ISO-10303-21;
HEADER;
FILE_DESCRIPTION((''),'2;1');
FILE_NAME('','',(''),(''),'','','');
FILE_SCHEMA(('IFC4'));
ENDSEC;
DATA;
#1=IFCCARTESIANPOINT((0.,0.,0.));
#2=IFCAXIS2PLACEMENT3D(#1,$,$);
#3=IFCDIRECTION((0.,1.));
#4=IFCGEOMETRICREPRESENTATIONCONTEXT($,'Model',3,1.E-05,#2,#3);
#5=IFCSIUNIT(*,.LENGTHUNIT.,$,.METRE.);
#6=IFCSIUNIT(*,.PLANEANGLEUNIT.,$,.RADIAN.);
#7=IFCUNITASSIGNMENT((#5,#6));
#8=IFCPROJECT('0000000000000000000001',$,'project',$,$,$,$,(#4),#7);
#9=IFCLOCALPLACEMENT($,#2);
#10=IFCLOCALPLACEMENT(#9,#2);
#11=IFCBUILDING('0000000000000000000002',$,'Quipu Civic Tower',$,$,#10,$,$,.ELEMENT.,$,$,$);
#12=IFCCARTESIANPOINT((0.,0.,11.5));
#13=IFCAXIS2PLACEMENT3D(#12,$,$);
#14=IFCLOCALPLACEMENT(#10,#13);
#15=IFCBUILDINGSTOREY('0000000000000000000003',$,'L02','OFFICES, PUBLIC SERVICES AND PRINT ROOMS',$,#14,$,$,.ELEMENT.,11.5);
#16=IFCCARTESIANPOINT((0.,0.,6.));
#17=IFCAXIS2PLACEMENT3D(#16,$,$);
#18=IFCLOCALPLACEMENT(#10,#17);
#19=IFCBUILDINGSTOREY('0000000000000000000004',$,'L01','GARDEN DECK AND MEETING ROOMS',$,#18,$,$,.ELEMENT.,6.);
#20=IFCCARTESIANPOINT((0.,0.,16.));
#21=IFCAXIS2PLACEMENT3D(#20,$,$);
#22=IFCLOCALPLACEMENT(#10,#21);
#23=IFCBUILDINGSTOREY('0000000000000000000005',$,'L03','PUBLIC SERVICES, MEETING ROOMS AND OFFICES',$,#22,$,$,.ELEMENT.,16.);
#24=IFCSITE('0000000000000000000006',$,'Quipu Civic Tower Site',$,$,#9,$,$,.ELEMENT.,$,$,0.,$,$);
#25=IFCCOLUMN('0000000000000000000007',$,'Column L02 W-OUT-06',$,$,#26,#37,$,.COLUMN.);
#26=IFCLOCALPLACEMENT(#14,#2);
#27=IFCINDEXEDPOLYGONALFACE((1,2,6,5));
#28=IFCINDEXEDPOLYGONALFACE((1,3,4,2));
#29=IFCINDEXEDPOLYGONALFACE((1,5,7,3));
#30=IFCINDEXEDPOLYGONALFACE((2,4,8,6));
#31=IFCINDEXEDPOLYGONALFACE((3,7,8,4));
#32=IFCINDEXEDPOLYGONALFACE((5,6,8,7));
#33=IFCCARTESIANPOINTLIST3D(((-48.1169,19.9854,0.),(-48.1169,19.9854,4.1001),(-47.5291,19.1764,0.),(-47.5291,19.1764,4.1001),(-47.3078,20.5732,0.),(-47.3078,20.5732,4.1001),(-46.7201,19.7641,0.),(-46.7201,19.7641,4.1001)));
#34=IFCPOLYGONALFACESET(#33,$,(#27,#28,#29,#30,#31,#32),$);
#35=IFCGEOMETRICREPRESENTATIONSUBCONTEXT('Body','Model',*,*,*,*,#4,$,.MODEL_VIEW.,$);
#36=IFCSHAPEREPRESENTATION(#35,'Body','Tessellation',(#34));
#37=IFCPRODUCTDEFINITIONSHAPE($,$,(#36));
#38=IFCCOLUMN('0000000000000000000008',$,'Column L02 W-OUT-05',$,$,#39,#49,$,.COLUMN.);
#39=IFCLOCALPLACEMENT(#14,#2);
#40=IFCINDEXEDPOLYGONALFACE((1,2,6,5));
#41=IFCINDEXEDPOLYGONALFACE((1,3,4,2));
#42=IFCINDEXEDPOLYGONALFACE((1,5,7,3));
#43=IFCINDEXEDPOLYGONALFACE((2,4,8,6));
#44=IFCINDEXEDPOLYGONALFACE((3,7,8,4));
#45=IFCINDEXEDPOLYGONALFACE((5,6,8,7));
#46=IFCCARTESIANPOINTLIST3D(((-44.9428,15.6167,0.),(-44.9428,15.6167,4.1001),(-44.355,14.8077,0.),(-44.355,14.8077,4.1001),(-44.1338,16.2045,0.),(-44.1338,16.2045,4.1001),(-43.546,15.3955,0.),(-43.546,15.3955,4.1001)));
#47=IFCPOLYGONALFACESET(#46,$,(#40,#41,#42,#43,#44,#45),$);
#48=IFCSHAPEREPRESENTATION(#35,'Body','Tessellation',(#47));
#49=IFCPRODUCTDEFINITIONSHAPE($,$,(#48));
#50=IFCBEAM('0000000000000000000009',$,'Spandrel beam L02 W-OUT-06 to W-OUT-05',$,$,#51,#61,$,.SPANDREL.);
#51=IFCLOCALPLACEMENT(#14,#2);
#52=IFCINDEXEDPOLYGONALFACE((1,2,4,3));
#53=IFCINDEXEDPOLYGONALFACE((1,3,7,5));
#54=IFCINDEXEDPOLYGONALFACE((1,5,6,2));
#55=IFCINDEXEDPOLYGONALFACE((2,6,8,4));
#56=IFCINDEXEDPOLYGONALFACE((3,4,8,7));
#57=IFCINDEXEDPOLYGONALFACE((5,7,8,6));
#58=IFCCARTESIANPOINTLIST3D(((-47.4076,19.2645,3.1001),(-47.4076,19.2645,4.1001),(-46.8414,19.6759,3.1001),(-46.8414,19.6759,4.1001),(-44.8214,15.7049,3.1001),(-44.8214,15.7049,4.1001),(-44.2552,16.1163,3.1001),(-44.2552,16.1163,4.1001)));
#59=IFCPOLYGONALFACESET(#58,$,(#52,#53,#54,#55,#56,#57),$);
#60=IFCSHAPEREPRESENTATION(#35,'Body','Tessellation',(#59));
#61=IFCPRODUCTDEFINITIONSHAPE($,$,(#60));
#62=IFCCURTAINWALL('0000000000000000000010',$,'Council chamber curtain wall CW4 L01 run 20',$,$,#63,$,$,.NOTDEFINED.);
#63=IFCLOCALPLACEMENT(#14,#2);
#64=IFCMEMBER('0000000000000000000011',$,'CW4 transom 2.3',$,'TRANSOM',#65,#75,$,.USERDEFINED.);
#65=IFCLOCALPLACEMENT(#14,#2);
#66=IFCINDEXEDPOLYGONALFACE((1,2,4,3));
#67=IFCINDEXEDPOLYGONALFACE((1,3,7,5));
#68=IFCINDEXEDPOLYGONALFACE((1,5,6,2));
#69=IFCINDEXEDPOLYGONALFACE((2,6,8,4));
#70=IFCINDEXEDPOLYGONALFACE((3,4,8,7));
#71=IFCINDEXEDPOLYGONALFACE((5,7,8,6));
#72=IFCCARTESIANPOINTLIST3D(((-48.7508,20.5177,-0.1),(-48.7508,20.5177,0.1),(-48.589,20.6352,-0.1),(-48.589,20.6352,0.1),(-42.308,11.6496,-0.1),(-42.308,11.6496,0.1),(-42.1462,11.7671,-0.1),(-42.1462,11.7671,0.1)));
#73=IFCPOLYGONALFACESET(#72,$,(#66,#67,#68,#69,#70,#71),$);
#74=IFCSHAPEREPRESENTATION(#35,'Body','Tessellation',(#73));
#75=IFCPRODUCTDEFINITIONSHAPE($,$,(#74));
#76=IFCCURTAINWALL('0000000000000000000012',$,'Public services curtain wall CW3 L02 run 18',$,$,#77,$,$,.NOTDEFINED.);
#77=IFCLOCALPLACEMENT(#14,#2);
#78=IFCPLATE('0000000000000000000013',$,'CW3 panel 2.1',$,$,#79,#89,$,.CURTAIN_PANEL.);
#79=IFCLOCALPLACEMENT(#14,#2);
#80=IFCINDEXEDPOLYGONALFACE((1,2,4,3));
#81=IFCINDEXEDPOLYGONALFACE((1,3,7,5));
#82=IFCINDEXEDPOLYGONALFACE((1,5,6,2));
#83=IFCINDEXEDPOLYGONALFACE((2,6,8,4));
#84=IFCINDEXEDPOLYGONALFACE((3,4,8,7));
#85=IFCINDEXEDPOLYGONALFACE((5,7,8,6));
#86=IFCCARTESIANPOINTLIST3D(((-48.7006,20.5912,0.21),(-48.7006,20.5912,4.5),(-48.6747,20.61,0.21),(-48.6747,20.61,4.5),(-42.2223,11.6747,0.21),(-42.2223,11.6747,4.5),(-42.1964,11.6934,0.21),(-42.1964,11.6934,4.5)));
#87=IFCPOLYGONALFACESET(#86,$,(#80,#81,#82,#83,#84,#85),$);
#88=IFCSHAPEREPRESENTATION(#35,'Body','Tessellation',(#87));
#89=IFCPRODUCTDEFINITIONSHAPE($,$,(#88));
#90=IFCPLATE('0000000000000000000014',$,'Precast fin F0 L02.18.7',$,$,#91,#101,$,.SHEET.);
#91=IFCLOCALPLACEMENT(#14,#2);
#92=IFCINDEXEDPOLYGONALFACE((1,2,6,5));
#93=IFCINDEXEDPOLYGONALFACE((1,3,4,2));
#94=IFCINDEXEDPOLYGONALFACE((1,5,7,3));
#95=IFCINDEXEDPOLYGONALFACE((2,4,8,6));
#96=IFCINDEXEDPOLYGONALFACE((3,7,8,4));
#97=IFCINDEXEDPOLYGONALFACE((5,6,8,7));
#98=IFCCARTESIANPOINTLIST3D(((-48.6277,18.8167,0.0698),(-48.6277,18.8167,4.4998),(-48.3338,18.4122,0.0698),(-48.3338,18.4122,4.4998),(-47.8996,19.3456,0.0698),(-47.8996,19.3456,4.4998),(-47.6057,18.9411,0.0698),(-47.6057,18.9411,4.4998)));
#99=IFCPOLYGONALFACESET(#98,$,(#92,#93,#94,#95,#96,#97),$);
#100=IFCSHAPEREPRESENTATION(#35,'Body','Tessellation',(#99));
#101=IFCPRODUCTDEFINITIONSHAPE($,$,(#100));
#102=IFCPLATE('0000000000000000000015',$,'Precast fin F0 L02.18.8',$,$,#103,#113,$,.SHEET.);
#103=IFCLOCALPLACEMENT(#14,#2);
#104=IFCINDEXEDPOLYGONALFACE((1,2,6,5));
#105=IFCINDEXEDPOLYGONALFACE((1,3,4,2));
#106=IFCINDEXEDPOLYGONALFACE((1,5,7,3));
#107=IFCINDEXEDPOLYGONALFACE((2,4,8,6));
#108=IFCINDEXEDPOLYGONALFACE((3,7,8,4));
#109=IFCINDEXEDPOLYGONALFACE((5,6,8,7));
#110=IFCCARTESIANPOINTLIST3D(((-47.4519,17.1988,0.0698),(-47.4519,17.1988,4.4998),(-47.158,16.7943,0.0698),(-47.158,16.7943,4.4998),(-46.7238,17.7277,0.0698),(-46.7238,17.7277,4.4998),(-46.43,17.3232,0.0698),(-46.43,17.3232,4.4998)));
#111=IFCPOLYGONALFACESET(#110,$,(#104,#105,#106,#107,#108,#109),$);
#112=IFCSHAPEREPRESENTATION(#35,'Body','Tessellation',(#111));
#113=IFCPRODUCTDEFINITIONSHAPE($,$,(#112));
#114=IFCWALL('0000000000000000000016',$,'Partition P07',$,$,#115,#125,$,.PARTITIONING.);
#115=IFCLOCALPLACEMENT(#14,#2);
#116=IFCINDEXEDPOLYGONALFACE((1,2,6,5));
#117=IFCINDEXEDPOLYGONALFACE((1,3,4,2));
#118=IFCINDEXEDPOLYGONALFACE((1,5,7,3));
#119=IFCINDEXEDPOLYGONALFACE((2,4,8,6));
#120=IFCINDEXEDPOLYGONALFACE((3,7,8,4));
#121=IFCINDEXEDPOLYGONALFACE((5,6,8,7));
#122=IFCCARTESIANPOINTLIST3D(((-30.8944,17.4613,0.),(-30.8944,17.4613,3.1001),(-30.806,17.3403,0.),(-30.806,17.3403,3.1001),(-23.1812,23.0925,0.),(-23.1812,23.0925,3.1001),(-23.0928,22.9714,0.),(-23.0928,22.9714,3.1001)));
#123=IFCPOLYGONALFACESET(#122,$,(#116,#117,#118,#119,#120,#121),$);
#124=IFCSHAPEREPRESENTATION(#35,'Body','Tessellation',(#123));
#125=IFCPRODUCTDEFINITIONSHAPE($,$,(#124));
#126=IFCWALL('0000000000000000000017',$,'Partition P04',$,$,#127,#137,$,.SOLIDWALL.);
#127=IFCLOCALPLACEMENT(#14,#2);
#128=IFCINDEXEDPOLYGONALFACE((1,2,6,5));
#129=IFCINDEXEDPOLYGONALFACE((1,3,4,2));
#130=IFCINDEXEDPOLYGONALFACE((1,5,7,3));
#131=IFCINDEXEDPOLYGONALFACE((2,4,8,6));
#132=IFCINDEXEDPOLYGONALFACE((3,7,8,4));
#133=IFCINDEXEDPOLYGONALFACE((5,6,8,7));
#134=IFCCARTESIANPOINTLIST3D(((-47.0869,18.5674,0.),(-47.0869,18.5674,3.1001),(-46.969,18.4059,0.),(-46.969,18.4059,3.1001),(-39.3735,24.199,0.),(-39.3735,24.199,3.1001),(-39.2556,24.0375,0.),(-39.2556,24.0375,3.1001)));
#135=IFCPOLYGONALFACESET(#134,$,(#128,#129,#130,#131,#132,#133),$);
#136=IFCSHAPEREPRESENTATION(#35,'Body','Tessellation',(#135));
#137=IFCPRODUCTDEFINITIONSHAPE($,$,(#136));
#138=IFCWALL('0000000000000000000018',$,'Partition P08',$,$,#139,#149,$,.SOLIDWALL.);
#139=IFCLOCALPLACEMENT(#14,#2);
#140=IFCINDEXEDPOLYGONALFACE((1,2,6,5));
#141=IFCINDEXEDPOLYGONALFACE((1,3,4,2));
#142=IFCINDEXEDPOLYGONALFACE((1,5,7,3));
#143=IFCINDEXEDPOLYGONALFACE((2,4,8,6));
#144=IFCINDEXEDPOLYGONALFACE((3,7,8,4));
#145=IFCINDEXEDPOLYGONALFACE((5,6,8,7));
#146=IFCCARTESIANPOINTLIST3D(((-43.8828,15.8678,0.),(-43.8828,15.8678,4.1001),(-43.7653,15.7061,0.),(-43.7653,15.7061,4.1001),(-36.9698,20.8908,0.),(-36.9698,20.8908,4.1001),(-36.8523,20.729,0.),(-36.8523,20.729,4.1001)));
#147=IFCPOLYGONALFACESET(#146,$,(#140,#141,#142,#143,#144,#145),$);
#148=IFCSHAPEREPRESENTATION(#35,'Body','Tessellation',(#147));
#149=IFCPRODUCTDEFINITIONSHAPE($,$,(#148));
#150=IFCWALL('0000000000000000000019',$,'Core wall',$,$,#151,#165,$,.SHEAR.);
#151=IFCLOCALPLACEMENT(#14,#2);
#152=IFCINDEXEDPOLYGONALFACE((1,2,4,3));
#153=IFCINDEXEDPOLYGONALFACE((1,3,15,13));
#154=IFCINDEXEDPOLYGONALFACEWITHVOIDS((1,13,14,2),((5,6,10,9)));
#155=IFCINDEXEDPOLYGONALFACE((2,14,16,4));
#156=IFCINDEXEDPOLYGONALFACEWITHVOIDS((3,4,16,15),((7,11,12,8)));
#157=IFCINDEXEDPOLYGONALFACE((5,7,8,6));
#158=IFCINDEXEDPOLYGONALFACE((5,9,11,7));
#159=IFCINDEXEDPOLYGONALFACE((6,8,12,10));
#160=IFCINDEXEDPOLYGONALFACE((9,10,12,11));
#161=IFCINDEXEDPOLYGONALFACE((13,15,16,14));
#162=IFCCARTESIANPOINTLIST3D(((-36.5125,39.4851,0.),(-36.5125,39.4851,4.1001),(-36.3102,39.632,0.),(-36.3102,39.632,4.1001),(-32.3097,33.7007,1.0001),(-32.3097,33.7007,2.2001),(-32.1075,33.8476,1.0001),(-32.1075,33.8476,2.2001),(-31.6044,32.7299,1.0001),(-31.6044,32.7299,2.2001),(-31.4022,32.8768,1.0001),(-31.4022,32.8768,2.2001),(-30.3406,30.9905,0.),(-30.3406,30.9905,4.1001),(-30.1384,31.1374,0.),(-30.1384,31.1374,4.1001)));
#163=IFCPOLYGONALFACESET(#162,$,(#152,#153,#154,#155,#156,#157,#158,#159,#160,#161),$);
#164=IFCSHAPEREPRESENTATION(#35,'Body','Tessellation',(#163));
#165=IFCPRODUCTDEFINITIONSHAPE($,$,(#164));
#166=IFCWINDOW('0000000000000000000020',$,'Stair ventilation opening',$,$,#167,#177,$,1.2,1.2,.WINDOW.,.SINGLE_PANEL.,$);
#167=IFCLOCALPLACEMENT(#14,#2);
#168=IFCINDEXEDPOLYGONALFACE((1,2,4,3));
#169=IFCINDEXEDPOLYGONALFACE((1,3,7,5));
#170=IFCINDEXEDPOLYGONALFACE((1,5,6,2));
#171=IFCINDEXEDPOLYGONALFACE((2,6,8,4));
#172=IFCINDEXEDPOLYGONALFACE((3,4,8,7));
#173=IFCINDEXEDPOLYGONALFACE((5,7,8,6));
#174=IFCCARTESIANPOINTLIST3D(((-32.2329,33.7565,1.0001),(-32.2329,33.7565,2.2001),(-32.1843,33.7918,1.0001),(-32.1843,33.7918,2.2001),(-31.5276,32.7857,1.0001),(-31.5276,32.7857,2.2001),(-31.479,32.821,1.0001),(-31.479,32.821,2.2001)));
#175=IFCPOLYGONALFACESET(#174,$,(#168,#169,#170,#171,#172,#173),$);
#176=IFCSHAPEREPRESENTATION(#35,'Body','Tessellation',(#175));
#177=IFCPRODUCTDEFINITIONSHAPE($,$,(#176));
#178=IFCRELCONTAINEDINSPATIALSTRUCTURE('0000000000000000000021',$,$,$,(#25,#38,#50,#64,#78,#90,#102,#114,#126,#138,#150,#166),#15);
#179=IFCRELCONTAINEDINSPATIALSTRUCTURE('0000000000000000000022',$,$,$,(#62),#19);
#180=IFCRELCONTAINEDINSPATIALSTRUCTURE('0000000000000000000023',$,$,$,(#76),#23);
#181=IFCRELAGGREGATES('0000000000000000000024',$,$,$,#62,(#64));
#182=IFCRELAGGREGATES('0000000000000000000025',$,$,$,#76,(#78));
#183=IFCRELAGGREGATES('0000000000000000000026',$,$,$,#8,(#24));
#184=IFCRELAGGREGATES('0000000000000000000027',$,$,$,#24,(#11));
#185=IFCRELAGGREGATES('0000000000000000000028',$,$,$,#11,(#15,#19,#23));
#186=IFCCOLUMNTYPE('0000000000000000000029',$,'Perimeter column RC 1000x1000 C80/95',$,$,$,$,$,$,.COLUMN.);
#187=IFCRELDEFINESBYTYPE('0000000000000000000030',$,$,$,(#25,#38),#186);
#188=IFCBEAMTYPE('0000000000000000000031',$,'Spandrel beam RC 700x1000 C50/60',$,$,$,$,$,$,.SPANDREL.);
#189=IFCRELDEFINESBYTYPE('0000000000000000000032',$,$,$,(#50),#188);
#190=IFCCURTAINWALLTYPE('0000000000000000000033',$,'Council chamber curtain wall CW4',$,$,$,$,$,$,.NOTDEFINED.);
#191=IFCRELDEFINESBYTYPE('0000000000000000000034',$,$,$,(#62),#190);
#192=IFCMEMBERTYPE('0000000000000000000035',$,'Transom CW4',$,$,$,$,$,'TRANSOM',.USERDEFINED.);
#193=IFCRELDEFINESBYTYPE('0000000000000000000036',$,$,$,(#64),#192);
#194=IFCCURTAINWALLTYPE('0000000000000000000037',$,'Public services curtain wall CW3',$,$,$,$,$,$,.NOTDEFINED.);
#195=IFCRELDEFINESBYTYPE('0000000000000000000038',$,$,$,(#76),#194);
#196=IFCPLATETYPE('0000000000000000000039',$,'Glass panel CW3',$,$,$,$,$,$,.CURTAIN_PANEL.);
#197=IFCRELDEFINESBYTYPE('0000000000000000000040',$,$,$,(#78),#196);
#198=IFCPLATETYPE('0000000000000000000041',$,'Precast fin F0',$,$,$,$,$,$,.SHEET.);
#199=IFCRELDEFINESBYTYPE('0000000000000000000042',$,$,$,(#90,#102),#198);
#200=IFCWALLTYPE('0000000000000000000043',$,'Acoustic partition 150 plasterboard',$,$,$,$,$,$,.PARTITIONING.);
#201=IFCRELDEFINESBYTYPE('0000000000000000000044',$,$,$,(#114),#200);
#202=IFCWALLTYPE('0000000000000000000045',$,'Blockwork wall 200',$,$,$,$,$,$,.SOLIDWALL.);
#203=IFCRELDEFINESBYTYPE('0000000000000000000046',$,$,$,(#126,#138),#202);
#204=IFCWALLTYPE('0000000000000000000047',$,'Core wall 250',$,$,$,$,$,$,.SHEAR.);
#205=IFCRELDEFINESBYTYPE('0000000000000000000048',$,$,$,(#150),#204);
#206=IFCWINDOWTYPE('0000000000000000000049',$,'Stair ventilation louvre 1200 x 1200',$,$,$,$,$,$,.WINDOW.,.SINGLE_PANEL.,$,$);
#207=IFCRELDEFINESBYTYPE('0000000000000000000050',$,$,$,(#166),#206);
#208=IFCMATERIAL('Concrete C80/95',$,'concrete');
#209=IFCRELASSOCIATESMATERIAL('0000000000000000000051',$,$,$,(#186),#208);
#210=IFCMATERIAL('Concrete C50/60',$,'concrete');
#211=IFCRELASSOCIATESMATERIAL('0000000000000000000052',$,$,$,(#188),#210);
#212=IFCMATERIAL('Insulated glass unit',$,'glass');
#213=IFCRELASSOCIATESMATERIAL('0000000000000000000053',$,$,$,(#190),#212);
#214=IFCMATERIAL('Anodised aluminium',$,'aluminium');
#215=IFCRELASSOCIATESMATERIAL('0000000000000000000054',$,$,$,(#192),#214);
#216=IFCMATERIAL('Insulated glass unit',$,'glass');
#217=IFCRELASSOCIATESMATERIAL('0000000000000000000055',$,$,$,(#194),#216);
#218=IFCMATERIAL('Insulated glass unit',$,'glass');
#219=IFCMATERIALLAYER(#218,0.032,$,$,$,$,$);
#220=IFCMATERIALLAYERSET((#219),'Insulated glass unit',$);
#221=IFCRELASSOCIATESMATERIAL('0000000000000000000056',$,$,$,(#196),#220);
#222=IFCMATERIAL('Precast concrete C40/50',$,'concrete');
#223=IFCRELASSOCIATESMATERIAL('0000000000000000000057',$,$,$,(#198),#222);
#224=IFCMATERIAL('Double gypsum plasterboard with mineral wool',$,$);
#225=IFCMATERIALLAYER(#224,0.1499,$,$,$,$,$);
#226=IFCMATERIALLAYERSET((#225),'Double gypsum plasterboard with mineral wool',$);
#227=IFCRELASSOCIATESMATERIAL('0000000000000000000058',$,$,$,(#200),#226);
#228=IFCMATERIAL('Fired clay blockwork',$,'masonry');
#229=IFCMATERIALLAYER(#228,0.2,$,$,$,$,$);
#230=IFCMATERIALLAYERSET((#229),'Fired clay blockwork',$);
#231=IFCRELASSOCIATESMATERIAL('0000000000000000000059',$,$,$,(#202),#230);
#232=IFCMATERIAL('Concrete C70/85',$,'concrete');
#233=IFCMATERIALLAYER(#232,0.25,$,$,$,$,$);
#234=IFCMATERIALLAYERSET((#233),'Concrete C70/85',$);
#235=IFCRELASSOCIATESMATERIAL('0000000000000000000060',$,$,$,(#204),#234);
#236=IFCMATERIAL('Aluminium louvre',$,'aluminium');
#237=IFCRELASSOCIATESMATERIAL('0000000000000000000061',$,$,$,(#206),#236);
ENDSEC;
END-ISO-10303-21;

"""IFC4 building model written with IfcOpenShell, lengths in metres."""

from ifc_helpers import new_model, si_unit, direction, frame, frame_2d, origin, origin_2d, place, context, subcontext, project, spatial, rectangle, extrude, material, layer, layer_set, material_profile, profile_set, type_object, element, fill, aggregate, save


model = new_model("IFC4")

# Units and contexts
model_context = context("Model", 3, precision=1e-05, world=origin(), true_north=direction((0.0, 1.0)))
body_context = subcontext(model_context, "Body", "Model", "MODEL_VIEW")
ifc_project = project(units=[si_unit("LENGTHUNIT", "METRE"), si_unit("PLANEANGLEUNIT", "RADIAN")], contexts=[model_context])

# Site, building, storey
site_placement = place(None, origin())
site = spatial("IfcSite", under=ifc_project, at=site_placement, Name="Quipu Civic Tower Site", CompositionType="ELEMENT", RefElevation=0.0)
building_placement = place(site_placement, origin())
building = spatial("IfcBuilding", under=site, at=building_placement, Name="Quipu Civic Tower", CompositionType="ELEMENT")
storey_1_placement = place(building_placement, frame((0.0, 0.0, 11.5)))
storey_1 = spatial("IfcBuildingStorey", under=building, at=storey_1_placement, Name="L02", Description="OFFICES, PUBLIC SERVICES AND PRINT ROOMS", CompositionType="ELEMENT", Elevation=11.5)

# Columns
ifc_material_1 = material(Name="Concrete C80/95", Category="concrete")
ifc_material_profile_1 = material_profile(ifc_material_1, rectangle(XDim=1.0, YDim=1.0, at=origin_2d()), Name="RC1000x1000")
ifc_profile_set_1 = profile_set([ifc_material_profile_1], Name="Concrete C80/95")
column_type = type_object("IfcColumnType", Name="Perimeter column RC 1000x1000 C80/95", PredefinedType="COLUMN", material=ifc_profile_set_1)
for number, where, z_axis, x_axis, name in (
    (1, (-47.4185, 19.8748, 0.0), (0.0, 0.0, 1.0), (0.587785, -0.809017, 0.0), "Column L02 W-OUT-06"),
    (2, (-44.2444, 15.5061, 0.0), (0.0, 0.0, 1.0), (0.587785, -0.809017, 0.0), "Column L02 W-OUT-05"),
):
    element("IfcColumn", number, at=place(storey_1_placement, frame(where, z_axis=z_axis, x_axis=x_axis)), inside=storey_1, type_object=column_type, Name=name, PredefinedType="COLUMN", context=body_context, shape_type="SweptSolid", body=[
        extrude(rectangle(XDim=1.0, YDim=1.0, at=origin_2d()), origin(), (0.0, 0.0, 1.0), 4.1001),
    ])

# Beam
ifc_material_2 = material(Name="Concrete C50/60", Category="concrete")
ifc_material_profile_2 = material_profile(ifc_material_2, rectangle(XDim=0.7, YDim=1.0, at=origin_2d()), Name="RC700x1000")
ifc_profile_set_2 = profile_set([ifc_material_profile_2], Name="Concrete C50/60")
beam_type = type_object("IfcBeamType", Name="Spandrel beam RC 700x1000 C50/60", PredefinedType="SPANDREL", material=ifc_profile_set_2)
beam_placement = place(storey_1_placement, frame((-47.1245, 19.4702, 3.6001), z_axis=(0.587786, -0.809017, 0.0), x_axis=(0.809017, 0.587786, 0.0)))
element("IfcBeam", 3, at=beam_placement, inside=storey_1, type_object=beam_type, Name="Spandrel beam L02 W-OUT-06 to W-OUT-05", PredefinedType="SPANDREL", context=body_context, shape_type="SweptSolid", body=[
    extrude(rectangle(XDim=0.7, YDim=1.0, at=origin_2d()), origin(), (0.0, 0.0, 1.0), 4.3999),
])

# Shared definitions
storey_2_placement = place(building_placement, frame((0.0, 0.0, 6.0)))
storey_2 = spatial("IfcBuildingStorey", under=building, at=storey_2_placement, Name="L01", Description="GARDEN DECK AND MEETING ROOMS", CompositionType="ELEMENT", Elevation=6.0)

# Curtain wall, member
ifc_material_3 = material(Name="Insulated glass unit", Category="glass")
curtain_wall_type_1 = type_object("IfcCurtainWallType", Name="Council chamber curtain wall CW4", PredefinedType="NOTDEFINED", material=ifc_material_3)
curtain_wall_1_placement = place(storey_2_placement, origin())
curtain_wall_1 = element("IfcCurtainWall", 4, at=curtain_wall_1_placement, inside=storey_2, type_object=curtain_wall_type_1, Name="Council chamber curtain wall CW4 L01 run 20", PredefinedType="NOTDEFINED")
ifc_material_4 = material(Name="Anodised aluminium", Category="aluminium")
ifc_material_profile_3 = material_profile(ifc_material_4, rectangle(XDim=0.2, YDim=0.2, at=origin_2d()), Name="RECT 200x200")
ifc_profile_set_3 = profile_set([ifc_material_profile_3], Name="Anodised aluminium")
member_type = type_object("IfcMemberType", Name="Transom CW4", ElementType="TRANSOM", PredefinedType="USERDEFINED", material=ifc_profile_set_3)
member_placement = place(storey_1_placement, frame((-48.6699, 20.5764, 0.0), z_axis=(0.587772, -0.809027, 0.0), x_axis=(0.809027, 0.587772, 0.0)))
member = element("IfcMember", 5, at=member_placement, inside=storey_1, type_object=member_type, Name="CW4 transom 2.3", ObjectType="TRANSOM", PredefinedType="USERDEFINED", context=body_context, shape_type="SweptSolid", body=[
    extrude(rectangle(XDim=0.2, YDim=0.2, at=origin_2d()), origin(), (0.0, 0.0, 1.0), 10.9614),
])
aggregate(curtain_wall_1, [member])

# Shared definitions
storey_3_placement = place(building_placement, frame((0.0, 0.0, 16.0)))
storey_3 = spatial("IfcBuildingStorey", under=building, at=storey_3_placement, Name="L03", Description="PUBLIC SERVICES, MEETING ROOMS AND OFFICES", CompositionType="ELEMENT", Elevation=16.0)

# Curtain wall, plate
ifc_material_5 = material(Name="Insulated glass unit", Category="glass")
curtain_wall_type_2 = type_object("IfcCurtainWallType", Name="Public services curtain wall CW3", PredefinedType="NOTDEFINED", material=ifc_material_5)
curtain_wall_2_placement = place(storey_3_placement, origin())
curtain_wall_2 = element("IfcCurtainWall", 6, at=curtain_wall_2_placement, inside=storey_3, type_object=curtain_wall_type_2, Name="Public services curtain wall CW3 L02 run 18", PredefinedType="NOTDEFINED")
ifc_material_6 = material(Name="Insulated glass unit", Category="glass")
ifc_layer_1 = layer(ifc_material_6, 0.032)
ifc_layer_set_1 = layer_set([ifc_layer_1], Name="Insulated glass unit")
plate_type_1 = type_object("IfcPlateType", Name="Glass panel CW3", PredefinedType="CURTAIN_PANEL", material=ifc_layer_set_1)
plate_placement = place(storey_1_placement, frame((-45.4485, 16.1423, 0.21), z_axis=(0.0, 0.0, 1.0), x_axis=(0.587785, -0.809017, 0.0)))
plate = element("IfcPlate", 7, at=plate_placement, inside=storey_1, type_object=plate_type_1, Name="CW3 panel 2.1", PredefinedType="CURTAIN_PANEL", context=body_context, shape_type="SweptSolid", body=[
    extrude(rectangle(XDim=11.0215, YDim=0.032, at=origin_2d()), origin(), (0.0, 0.0, 1.0), 4.29),
])
aggregate(curtain_wall_2, [plate])

# Plates
ifc_material_7 = material(Name="Precast concrete C40/50", Category="concrete")
plate_type_2 = type_object("IfcPlateType", Name="Precast fin F0", PredefinedType="SHEET", material=ifc_material_7)
for number, where, z_axis, x_axis, name in (
    (8, (-48.1167, 18.8789, 0.0698), (0.0, 0.0, 1.0), (0.587786, -0.809017, 0.0), "Precast fin F0 L02.18.7"),
    (9, (-46.9409, 17.261, 0.0698), (0.0, 0.0, 1.0), (0.587786, -0.809017, 0.0), "Precast fin F0 L02.18.8"),
):
    element("IfcPlate", number, at=place(storey_1_placement, frame(where, z_axis=z_axis, x_axis=x_axis)), inside=storey_1, type_object=plate_type_2, Name=name, PredefinedType="SHEET", context=body_context, shape_type="SweptSolid", body=[
        extrude(rectangle(XDim=0.5, YDim=0.8999, at=origin_2d()), origin(), (0.0, 0.0, 1.0), 4.4299),
    ])

# Walls
ifc_material_8 = material(Name="Double gypsum plasterboard with mineral wool")
ifc_layer_2 = layer(ifc_material_8, 0.1499)
ifc_layer_set_2 = layer_set([ifc_layer_2], Name="Double gypsum plasterboard with mineral wool")
wall_type_1 = type_object("IfcWallType", Name="Acoustic partition 150 plasterboard", PredefinedType="PARTITIONING", material=ifc_layer_set_2)
wall_1_placement = place(storey_1_placement, frame((-30.8501, 17.4009, 0.0), z_axis=(0.0, 0.0, 1.0), x_axis=(0.807661, 0.589647, 0.0)))
element("IfcWall", 10, at=wall_1_placement, inside=storey_1, type_object=wall_type_1, Name="Partition P07", PredefinedType="PARTITIONING", context=body_context, shape_type="SweptSolid", body=[
    extrude(rectangle(XDim=9.55, YDim=0.1499, at=frame_2d((4.7749, 0.0))), origin(), (0.0, 0.0, 1.0), 3.1001),
])
ifc_material_9 = material(Name="Fired clay blockwork", Category="masonry")
ifc_layer_3 = layer(ifc_material_9, 0.2)
ifc_layer_set_3 = layer_set([ifc_layer_3], Name="Fired clay blockwork")
wall_type_2 = type_object("IfcWallType", Name="Blockwork wall 200", PredefinedType="SOLIDWALL", material=ifc_layer_set_3)
wall_2_placement = place(storey_1_placement, frame((-47.0281, 18.4866, 0.0), z_axis=(0.0, 0.0, 1.0), x_axis=(0.807646, 0.589668, 0.0)))
element("IfcWall", 11, at=wall_2_placement, inside=storey_1, type_object=wall_type_2, Name="Partition P04", PredefinedType="SOLIDWALL", context=body_context, shape_type="SweptSolid", body=[
    extrude(rectangle(XDim=9.5505, YDim=0.2, at=frame_2d((4.7754, 0.0))), origin(), (0.0, 0.0, 1.0), 3.1001),
])
wall_3_placement = place(storey_1_placement, frame((-36.9111, 20.8098, 0.0), z_axis=(0.0, 0.0, 1.0), x_axis=(-0.809, -0.587808, 0.0)))
element("IfcWall", 12, at=wall_3_placement, inside=storey_1, type_object=wall_type_2, Name="Partition P08", PredefinedType="SOLIDWALL", context=body_context, shape_type="SweptSolid", body=[
    extrude(rectangle(XDim=8.5452, YDim=0.2, at=frame_2d((4.2725, 0.0))), origin(), (0.0, 0.0, 1.0), 4.1001),
])

# Wall, opening, window
ifc_material_10 = material(Name="Concrete C70/85", Category="concrete")
ifc_layer_4 = layer(ifc_material_10, 0.25)
ifc_layer_set_4 = layer_set([ifc_layer_4], Name="Concrete C70/85")
wall_type_3 = type_object("IfcWallType", Name="Core wall 250", PredefinedType="SHEAR", material=ifc_layer_set_4)
wall_4_placement = place(storey_1_placement, frame((-30.2395, 31.064, 0.0), z_axis=(0.0, 0.0, 1.0), x_axis=(-0.587796, 0.809009, 0.0)))
wall_4 = element("IfcWall", 13, at=wall_4_placement, inside=storey_1, type_object=wall_type_3, Name="Core wall", PredefinedType="SHEAR", context=body_context, shape_type="SweptSolid", body=[
    extrude(rectangle(XDim=10.5, YDim=0.25, at=frame_2d((5.25, 0.0))), origin(), (0.0, 0.0, 1.0), 4.1001),
])
opening_1_placement = place(wall_4_placement, frame((2.1499, 0.0, 1.0)))
opening_1 = element("IfcOpeningElement", 14, at=opening_1_placement, cuts=wall_4, PredefinedType="OPENING", context=body_context, shape_type="SweptSolid", body=[
    extrude(rectangle(XDim=1.2, YDim=1.2, at=frame_2d((0.6001, 0.6001))), frame((0.0, 0.135, 0.0), z_axis=(0.0, -1.0, 0.0), x_axis=(1.0, 0.0, 0.0)), (0.0, 0.0, 1.0), 0.27),
])
ifc_material_11 = material(Name="Aluminium louvre", Category="aluminium")
window_type = type_object("IfcWindowType", Name="Stair ventilation louvre 1200 x 1200", PartitioningType="SINGLE_PANEL", PredefinedType="WINDOW", material=ifc_material_11)
window_placement = place(opening_1_placement, origin())
window = element("IfcWindow", 15, at=window_placement, inside=storey_1, type_object=window_type, Name="Stair ventilation opening", OverallHeight=1.2, OverallWidth=1.2, PartitioningType="SINGLE_PANEL", PredefinedType="WINDOW", context=body_context, shape_type="SweptSolid", body=[
    extrude(rectangle(XDim=1.2, YDim=1.2, at=frame_2d((0.6001, 0.6001))), frame((0.0, 0.03, 0.0), z_axis=(0.0, -1.0, 0.0), x_axis=(1.0, 0.0, 0.0)), (0.0, 0.0, 1.0), 0.0601),
])
fill(opening_1, window)

save(model, "model.ifc")
